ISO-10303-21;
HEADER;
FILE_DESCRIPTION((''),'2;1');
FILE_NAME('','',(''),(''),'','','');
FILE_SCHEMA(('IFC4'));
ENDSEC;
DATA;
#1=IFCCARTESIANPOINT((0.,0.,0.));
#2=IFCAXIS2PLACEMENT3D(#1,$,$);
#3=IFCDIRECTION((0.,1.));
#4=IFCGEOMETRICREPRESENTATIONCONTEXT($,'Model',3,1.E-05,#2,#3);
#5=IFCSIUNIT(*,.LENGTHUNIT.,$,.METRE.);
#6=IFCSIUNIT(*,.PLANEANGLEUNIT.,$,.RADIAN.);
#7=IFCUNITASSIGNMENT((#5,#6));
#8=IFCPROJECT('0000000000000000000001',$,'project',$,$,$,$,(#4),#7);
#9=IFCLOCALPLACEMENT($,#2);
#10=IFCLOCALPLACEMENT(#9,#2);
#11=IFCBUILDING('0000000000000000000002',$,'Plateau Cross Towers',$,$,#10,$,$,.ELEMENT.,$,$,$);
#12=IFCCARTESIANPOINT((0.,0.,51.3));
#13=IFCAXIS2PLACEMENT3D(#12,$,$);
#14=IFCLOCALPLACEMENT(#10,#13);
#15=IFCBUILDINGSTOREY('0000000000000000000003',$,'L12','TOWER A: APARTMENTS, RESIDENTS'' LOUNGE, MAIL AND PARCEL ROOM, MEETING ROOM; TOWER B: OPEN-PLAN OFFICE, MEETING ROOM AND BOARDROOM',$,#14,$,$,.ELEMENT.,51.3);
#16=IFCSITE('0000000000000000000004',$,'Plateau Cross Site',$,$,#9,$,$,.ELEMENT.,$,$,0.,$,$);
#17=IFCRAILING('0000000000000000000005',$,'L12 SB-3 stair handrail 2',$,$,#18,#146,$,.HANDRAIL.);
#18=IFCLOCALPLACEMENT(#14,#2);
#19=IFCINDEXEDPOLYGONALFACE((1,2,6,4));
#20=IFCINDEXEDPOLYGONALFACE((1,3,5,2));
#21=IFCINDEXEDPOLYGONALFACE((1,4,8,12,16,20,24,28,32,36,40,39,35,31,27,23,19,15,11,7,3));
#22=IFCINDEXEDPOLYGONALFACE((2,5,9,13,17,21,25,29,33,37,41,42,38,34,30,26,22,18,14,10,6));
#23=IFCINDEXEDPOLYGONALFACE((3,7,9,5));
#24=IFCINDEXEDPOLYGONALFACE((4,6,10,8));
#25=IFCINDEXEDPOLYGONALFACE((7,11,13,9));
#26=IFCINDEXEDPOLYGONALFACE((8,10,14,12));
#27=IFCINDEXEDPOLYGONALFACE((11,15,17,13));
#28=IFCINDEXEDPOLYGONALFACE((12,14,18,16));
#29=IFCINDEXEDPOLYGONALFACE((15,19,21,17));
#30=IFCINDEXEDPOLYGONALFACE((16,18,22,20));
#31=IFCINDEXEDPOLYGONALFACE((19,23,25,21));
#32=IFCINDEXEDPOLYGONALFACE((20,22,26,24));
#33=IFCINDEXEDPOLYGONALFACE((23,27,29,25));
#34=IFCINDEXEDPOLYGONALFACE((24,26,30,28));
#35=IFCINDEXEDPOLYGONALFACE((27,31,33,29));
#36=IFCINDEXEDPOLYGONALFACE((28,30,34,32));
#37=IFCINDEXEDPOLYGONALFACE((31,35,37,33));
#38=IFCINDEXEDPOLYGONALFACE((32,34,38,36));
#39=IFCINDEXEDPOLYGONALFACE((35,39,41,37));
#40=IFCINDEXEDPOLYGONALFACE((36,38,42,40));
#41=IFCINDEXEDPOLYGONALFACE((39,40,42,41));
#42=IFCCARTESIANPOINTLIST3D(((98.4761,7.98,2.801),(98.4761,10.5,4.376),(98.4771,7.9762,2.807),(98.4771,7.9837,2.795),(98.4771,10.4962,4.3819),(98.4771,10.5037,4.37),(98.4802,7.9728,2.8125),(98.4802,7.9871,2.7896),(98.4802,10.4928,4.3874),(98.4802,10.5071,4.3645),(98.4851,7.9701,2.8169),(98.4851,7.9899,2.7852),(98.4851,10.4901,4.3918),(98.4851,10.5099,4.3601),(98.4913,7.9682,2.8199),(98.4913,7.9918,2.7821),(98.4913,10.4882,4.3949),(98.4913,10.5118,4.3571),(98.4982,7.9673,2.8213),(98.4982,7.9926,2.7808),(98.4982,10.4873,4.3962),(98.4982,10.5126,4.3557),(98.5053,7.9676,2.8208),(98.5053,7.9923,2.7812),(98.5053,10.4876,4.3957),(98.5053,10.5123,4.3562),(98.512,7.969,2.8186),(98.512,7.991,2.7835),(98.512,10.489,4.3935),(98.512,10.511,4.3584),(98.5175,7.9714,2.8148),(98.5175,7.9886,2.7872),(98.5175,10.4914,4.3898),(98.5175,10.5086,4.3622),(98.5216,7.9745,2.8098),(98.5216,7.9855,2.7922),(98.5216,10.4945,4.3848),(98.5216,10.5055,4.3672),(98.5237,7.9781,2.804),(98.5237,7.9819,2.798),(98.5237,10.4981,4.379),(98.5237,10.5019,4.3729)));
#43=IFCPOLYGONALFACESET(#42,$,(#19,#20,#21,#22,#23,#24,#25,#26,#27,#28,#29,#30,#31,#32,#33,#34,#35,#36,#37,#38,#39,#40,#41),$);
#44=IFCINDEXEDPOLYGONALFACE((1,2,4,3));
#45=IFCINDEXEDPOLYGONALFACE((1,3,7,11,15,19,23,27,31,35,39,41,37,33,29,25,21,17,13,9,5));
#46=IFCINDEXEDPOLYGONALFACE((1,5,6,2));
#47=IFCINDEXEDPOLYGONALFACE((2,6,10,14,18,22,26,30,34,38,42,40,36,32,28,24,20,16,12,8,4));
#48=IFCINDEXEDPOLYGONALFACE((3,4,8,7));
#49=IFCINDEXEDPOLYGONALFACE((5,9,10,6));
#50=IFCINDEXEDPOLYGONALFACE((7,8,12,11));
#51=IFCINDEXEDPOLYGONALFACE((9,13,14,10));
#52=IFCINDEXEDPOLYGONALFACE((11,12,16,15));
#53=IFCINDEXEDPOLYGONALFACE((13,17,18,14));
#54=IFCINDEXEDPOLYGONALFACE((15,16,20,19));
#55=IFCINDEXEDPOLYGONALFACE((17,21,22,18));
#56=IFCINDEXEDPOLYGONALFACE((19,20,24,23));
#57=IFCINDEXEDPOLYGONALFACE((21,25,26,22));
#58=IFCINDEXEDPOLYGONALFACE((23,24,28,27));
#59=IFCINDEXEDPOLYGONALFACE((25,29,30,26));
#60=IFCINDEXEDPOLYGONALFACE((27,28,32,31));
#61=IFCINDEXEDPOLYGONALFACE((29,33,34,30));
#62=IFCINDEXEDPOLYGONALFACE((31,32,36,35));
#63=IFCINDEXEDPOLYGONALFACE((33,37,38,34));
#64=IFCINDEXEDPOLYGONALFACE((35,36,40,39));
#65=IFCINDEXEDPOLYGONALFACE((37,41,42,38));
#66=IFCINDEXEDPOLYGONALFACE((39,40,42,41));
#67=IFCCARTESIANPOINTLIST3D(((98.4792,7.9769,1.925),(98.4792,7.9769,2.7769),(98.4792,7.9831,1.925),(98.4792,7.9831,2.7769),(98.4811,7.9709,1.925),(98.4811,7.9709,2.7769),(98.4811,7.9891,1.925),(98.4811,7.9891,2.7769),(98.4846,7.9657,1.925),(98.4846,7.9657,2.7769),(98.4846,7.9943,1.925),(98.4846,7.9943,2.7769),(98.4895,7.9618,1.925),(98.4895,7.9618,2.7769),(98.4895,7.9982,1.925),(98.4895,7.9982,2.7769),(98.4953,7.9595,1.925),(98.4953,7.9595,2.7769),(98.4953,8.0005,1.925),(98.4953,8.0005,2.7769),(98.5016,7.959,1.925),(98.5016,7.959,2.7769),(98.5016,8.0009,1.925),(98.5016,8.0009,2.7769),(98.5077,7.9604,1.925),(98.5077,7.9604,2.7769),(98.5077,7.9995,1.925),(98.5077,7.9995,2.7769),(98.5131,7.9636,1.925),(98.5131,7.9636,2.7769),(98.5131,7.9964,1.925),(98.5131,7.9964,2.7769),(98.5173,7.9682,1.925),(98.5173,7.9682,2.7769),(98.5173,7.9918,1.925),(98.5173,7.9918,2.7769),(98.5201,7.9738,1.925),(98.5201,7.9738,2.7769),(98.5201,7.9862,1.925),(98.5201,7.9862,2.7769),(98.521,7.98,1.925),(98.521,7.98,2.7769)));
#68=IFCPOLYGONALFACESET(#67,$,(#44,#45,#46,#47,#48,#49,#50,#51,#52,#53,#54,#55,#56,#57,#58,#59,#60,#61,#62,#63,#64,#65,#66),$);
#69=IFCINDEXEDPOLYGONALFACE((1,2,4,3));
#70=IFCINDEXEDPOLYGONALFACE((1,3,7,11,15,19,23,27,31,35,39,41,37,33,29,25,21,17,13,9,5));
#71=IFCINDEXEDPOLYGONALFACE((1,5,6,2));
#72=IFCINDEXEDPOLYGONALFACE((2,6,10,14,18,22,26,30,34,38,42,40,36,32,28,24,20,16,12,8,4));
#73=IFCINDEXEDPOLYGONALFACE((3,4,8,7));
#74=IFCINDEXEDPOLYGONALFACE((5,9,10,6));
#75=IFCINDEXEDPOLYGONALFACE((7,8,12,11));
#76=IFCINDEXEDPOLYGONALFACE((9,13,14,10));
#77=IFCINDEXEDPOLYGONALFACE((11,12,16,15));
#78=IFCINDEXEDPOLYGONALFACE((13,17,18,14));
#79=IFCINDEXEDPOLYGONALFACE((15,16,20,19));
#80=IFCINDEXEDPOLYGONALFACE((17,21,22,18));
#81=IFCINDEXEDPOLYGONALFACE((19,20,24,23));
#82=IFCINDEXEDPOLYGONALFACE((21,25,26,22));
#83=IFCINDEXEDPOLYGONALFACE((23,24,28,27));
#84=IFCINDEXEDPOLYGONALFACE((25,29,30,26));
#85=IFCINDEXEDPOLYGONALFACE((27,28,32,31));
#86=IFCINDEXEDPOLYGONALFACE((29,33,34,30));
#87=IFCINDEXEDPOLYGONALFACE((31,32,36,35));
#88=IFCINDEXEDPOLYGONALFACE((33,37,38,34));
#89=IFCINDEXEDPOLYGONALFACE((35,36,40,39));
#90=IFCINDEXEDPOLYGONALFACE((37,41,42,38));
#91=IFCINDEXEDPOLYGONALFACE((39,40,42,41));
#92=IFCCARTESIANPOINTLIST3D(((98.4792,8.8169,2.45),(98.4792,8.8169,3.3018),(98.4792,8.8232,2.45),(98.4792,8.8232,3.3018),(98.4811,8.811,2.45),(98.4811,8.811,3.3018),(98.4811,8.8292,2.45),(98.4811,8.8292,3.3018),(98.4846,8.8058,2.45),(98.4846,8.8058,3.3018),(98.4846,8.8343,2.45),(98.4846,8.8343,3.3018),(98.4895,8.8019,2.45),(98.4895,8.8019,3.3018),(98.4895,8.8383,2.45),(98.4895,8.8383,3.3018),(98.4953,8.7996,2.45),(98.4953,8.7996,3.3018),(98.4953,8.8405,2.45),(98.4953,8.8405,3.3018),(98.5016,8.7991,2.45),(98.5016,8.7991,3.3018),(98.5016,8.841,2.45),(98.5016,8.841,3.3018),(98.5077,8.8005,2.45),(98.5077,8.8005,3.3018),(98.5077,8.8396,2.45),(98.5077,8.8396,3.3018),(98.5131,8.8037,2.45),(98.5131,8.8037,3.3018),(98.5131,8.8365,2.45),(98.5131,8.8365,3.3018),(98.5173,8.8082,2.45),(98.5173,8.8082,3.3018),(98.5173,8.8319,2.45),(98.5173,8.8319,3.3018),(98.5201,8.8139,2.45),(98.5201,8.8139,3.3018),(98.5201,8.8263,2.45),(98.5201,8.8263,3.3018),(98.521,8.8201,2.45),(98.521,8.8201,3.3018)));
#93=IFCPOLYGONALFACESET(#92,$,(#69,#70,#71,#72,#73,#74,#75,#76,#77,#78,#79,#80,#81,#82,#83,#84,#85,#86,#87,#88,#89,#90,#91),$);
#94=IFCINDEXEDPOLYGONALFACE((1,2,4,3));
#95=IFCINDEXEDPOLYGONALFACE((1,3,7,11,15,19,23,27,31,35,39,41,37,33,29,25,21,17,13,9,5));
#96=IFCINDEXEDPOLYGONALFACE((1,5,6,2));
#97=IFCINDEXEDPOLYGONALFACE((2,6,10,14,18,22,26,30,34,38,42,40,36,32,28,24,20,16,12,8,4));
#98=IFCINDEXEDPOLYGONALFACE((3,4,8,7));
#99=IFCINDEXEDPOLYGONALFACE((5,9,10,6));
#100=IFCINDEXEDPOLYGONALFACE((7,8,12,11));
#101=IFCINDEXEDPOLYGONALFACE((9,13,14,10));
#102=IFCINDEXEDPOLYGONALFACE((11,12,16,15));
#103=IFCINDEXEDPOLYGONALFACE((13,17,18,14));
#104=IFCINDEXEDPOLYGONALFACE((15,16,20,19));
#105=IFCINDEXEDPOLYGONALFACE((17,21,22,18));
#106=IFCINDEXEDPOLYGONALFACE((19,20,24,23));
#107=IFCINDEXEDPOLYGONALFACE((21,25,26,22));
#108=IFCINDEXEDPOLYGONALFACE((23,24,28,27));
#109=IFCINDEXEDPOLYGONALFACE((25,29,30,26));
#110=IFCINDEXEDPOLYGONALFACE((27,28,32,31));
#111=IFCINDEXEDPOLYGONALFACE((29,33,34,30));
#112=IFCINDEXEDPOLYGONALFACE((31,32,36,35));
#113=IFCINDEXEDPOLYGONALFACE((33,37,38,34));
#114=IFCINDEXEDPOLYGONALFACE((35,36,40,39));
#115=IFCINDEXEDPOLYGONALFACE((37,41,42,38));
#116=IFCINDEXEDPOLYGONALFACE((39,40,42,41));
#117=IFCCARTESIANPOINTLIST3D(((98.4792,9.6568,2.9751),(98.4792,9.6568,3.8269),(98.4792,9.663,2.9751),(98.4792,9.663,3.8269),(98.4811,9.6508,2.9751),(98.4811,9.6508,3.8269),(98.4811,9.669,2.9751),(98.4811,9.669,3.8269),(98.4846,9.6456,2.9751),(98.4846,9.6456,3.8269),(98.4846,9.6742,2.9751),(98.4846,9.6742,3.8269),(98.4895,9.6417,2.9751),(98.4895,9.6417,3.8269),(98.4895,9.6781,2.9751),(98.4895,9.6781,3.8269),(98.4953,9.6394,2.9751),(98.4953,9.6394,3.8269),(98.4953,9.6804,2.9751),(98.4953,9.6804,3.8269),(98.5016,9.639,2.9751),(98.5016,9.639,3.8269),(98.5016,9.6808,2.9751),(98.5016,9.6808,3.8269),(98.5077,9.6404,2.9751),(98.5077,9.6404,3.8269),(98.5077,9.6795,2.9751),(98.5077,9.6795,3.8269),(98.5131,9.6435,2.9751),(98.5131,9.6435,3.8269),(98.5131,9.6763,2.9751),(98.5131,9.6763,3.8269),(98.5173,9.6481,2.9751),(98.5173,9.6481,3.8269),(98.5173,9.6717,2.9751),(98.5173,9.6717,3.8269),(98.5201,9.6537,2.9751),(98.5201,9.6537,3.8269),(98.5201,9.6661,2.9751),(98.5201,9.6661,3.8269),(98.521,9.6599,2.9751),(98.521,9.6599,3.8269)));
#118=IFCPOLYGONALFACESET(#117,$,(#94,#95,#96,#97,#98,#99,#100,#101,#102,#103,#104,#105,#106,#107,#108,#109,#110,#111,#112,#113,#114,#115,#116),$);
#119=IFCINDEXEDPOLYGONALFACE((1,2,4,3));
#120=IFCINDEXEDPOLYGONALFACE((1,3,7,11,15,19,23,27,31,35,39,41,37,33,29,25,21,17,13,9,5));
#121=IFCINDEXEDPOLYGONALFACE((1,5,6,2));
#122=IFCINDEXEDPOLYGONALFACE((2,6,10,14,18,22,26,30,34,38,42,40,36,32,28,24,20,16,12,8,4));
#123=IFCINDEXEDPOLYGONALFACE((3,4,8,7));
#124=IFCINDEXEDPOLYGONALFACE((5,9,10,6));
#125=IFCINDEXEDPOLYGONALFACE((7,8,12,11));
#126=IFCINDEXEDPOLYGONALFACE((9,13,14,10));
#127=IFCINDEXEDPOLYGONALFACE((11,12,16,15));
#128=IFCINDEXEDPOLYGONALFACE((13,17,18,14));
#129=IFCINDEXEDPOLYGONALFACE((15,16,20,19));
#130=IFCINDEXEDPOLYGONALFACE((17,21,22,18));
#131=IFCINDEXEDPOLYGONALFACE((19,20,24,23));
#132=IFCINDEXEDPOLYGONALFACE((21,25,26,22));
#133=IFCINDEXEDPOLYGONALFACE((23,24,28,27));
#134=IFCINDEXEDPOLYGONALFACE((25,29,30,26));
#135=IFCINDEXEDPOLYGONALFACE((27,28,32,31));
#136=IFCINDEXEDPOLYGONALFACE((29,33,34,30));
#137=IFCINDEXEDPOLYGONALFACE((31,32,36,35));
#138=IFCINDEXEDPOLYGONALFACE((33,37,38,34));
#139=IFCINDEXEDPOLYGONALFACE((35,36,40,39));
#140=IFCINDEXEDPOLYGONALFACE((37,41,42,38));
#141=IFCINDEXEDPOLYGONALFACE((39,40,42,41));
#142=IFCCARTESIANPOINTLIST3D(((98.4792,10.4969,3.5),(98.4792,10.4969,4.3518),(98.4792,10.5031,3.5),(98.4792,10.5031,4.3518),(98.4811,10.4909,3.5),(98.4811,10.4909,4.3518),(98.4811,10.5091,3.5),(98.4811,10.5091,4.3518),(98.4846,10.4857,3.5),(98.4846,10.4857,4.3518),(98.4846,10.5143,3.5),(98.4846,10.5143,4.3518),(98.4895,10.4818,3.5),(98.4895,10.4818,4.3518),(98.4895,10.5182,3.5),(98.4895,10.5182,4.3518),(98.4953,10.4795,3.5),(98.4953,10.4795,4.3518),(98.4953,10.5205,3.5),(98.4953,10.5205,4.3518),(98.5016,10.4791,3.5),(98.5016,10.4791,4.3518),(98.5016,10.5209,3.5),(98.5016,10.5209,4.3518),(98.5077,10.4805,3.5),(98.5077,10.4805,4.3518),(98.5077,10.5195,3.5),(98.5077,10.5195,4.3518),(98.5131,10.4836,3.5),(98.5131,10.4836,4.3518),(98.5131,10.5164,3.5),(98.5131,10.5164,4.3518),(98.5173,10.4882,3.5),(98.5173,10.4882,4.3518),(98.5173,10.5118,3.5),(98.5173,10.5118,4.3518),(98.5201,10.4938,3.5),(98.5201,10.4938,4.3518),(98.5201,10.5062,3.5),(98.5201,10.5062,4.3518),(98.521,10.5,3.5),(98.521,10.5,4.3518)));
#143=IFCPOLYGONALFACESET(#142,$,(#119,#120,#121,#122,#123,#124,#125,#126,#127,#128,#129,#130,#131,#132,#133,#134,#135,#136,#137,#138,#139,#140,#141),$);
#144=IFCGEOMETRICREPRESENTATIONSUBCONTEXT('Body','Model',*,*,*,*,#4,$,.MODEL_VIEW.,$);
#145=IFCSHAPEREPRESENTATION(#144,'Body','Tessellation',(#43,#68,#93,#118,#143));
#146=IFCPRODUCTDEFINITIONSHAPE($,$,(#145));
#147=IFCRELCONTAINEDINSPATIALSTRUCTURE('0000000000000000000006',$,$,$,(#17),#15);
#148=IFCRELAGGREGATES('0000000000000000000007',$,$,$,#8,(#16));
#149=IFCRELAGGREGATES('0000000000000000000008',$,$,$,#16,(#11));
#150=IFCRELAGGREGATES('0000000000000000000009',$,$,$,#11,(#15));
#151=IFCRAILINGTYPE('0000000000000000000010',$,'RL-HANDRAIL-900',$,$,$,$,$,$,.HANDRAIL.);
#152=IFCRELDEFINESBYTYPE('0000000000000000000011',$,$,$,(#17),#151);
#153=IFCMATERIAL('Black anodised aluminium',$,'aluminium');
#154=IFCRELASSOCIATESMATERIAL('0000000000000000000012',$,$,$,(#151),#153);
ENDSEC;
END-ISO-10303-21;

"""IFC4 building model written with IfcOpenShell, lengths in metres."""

from ifc_helpers import new_model, si_unit, direction, frame, origin, origin_2d, place, context, subcontext, project, spatial, circle, extrude, material, type_object, element, save


model = new_model("IFC4")

# Units and contexts
model_context = context("Model", 3, precision=1e-05, world=origin(), true_north=direction((0.0, 1.0)))
body_context = subcontext(model_context, "Body", "Model", "MODEL_VIEW")
ifc_project = project(units=[si_unit("LENGTHUNIT", "METRE"), si_unit("PLANEANGLEUNIT", "RADIAN")], contexts=[model_context])

# Site, building, storey
site_placement = place(None, origin())
site = spatial("IfcSite", under=ifc_project, at=site_placement, Name="Plateau Cross Site", CompositionType="ELEMENT", RefElevation=0.0)
building_placement = place(site_placement, origin())
building = spatial("IfcBuilding", under=site, at=building_placement, Name="Plateau Cross Towers", CompositionType="ELEMENT")
storey_placement = place(building_placement, frame((0.0, 0.0, 51.3)))
storey = spatial("IfcBuildingStorey", under=building, at=storey_placement, Name="L12", Description="TOWER A: APARTMENTS, RESIDENTS' LOUNGE, MAIL AND PARCEL ROOM, MEETING ROOM; TOWER B: OPEN-PLAN OFFICE, MEETING ROOM AND BOARDROOM", CompositionType="ELEMENT", Elevation=51.3)

# Shared definitions
ifc_material_1 = material(Name="Black anodised aluminium", Category="aluminium")

# Railing
railing_type_1 = type_object("IfcRailingType", Name="RL-HANDRAIL-900", PredefinedType="HANDRAIL", material=ifc_material_1)
railing_1_placement = place(storey_placement, frame((98.5, 7.98, 1.925)))
element("IfcRailing", 1, at=railing_1_placement, inside=storey, type_object=railing_type_1, Name="L12 SB-3 stair handrail 2", PredefinedType="HANDRAIL", context=body_context, shape_type="SweptSolid", body=[
    extrude(circle(Radius=0.0239, at=origin_2d()), frame((0.0, 0.0, 0.876), z_axis=(0.0, 0.848008, 0.529984), x_axis=(-1.0, 0.0, 0.0)), (0.0, 0.0, 1.0), 2.9717),
    extrude(circle(Radius=0.021, at=origin_2d()), origin(), (0.0, 0.0, 1.0), 0.8518),
    extrude(circle(Radius=0.021, at=origin_2d()), frame((0.0, 0.8401, 0.5249)), (0.0, 0.0, 1.0), 0.8518),
    extrude(circle(Radius=0.021, at=origin_2d()), frame((0.0, 1.6799, 1.05)), (0.0, 0.0, 1.0), 0.8518),
    extrude(circle(Radius=0.021, at=origin_2d()), frame((0.0, 2.52, 1.575)), (0.0, 0.0, 1.0), 0.8518),
])

save(model, "model.ifc")
